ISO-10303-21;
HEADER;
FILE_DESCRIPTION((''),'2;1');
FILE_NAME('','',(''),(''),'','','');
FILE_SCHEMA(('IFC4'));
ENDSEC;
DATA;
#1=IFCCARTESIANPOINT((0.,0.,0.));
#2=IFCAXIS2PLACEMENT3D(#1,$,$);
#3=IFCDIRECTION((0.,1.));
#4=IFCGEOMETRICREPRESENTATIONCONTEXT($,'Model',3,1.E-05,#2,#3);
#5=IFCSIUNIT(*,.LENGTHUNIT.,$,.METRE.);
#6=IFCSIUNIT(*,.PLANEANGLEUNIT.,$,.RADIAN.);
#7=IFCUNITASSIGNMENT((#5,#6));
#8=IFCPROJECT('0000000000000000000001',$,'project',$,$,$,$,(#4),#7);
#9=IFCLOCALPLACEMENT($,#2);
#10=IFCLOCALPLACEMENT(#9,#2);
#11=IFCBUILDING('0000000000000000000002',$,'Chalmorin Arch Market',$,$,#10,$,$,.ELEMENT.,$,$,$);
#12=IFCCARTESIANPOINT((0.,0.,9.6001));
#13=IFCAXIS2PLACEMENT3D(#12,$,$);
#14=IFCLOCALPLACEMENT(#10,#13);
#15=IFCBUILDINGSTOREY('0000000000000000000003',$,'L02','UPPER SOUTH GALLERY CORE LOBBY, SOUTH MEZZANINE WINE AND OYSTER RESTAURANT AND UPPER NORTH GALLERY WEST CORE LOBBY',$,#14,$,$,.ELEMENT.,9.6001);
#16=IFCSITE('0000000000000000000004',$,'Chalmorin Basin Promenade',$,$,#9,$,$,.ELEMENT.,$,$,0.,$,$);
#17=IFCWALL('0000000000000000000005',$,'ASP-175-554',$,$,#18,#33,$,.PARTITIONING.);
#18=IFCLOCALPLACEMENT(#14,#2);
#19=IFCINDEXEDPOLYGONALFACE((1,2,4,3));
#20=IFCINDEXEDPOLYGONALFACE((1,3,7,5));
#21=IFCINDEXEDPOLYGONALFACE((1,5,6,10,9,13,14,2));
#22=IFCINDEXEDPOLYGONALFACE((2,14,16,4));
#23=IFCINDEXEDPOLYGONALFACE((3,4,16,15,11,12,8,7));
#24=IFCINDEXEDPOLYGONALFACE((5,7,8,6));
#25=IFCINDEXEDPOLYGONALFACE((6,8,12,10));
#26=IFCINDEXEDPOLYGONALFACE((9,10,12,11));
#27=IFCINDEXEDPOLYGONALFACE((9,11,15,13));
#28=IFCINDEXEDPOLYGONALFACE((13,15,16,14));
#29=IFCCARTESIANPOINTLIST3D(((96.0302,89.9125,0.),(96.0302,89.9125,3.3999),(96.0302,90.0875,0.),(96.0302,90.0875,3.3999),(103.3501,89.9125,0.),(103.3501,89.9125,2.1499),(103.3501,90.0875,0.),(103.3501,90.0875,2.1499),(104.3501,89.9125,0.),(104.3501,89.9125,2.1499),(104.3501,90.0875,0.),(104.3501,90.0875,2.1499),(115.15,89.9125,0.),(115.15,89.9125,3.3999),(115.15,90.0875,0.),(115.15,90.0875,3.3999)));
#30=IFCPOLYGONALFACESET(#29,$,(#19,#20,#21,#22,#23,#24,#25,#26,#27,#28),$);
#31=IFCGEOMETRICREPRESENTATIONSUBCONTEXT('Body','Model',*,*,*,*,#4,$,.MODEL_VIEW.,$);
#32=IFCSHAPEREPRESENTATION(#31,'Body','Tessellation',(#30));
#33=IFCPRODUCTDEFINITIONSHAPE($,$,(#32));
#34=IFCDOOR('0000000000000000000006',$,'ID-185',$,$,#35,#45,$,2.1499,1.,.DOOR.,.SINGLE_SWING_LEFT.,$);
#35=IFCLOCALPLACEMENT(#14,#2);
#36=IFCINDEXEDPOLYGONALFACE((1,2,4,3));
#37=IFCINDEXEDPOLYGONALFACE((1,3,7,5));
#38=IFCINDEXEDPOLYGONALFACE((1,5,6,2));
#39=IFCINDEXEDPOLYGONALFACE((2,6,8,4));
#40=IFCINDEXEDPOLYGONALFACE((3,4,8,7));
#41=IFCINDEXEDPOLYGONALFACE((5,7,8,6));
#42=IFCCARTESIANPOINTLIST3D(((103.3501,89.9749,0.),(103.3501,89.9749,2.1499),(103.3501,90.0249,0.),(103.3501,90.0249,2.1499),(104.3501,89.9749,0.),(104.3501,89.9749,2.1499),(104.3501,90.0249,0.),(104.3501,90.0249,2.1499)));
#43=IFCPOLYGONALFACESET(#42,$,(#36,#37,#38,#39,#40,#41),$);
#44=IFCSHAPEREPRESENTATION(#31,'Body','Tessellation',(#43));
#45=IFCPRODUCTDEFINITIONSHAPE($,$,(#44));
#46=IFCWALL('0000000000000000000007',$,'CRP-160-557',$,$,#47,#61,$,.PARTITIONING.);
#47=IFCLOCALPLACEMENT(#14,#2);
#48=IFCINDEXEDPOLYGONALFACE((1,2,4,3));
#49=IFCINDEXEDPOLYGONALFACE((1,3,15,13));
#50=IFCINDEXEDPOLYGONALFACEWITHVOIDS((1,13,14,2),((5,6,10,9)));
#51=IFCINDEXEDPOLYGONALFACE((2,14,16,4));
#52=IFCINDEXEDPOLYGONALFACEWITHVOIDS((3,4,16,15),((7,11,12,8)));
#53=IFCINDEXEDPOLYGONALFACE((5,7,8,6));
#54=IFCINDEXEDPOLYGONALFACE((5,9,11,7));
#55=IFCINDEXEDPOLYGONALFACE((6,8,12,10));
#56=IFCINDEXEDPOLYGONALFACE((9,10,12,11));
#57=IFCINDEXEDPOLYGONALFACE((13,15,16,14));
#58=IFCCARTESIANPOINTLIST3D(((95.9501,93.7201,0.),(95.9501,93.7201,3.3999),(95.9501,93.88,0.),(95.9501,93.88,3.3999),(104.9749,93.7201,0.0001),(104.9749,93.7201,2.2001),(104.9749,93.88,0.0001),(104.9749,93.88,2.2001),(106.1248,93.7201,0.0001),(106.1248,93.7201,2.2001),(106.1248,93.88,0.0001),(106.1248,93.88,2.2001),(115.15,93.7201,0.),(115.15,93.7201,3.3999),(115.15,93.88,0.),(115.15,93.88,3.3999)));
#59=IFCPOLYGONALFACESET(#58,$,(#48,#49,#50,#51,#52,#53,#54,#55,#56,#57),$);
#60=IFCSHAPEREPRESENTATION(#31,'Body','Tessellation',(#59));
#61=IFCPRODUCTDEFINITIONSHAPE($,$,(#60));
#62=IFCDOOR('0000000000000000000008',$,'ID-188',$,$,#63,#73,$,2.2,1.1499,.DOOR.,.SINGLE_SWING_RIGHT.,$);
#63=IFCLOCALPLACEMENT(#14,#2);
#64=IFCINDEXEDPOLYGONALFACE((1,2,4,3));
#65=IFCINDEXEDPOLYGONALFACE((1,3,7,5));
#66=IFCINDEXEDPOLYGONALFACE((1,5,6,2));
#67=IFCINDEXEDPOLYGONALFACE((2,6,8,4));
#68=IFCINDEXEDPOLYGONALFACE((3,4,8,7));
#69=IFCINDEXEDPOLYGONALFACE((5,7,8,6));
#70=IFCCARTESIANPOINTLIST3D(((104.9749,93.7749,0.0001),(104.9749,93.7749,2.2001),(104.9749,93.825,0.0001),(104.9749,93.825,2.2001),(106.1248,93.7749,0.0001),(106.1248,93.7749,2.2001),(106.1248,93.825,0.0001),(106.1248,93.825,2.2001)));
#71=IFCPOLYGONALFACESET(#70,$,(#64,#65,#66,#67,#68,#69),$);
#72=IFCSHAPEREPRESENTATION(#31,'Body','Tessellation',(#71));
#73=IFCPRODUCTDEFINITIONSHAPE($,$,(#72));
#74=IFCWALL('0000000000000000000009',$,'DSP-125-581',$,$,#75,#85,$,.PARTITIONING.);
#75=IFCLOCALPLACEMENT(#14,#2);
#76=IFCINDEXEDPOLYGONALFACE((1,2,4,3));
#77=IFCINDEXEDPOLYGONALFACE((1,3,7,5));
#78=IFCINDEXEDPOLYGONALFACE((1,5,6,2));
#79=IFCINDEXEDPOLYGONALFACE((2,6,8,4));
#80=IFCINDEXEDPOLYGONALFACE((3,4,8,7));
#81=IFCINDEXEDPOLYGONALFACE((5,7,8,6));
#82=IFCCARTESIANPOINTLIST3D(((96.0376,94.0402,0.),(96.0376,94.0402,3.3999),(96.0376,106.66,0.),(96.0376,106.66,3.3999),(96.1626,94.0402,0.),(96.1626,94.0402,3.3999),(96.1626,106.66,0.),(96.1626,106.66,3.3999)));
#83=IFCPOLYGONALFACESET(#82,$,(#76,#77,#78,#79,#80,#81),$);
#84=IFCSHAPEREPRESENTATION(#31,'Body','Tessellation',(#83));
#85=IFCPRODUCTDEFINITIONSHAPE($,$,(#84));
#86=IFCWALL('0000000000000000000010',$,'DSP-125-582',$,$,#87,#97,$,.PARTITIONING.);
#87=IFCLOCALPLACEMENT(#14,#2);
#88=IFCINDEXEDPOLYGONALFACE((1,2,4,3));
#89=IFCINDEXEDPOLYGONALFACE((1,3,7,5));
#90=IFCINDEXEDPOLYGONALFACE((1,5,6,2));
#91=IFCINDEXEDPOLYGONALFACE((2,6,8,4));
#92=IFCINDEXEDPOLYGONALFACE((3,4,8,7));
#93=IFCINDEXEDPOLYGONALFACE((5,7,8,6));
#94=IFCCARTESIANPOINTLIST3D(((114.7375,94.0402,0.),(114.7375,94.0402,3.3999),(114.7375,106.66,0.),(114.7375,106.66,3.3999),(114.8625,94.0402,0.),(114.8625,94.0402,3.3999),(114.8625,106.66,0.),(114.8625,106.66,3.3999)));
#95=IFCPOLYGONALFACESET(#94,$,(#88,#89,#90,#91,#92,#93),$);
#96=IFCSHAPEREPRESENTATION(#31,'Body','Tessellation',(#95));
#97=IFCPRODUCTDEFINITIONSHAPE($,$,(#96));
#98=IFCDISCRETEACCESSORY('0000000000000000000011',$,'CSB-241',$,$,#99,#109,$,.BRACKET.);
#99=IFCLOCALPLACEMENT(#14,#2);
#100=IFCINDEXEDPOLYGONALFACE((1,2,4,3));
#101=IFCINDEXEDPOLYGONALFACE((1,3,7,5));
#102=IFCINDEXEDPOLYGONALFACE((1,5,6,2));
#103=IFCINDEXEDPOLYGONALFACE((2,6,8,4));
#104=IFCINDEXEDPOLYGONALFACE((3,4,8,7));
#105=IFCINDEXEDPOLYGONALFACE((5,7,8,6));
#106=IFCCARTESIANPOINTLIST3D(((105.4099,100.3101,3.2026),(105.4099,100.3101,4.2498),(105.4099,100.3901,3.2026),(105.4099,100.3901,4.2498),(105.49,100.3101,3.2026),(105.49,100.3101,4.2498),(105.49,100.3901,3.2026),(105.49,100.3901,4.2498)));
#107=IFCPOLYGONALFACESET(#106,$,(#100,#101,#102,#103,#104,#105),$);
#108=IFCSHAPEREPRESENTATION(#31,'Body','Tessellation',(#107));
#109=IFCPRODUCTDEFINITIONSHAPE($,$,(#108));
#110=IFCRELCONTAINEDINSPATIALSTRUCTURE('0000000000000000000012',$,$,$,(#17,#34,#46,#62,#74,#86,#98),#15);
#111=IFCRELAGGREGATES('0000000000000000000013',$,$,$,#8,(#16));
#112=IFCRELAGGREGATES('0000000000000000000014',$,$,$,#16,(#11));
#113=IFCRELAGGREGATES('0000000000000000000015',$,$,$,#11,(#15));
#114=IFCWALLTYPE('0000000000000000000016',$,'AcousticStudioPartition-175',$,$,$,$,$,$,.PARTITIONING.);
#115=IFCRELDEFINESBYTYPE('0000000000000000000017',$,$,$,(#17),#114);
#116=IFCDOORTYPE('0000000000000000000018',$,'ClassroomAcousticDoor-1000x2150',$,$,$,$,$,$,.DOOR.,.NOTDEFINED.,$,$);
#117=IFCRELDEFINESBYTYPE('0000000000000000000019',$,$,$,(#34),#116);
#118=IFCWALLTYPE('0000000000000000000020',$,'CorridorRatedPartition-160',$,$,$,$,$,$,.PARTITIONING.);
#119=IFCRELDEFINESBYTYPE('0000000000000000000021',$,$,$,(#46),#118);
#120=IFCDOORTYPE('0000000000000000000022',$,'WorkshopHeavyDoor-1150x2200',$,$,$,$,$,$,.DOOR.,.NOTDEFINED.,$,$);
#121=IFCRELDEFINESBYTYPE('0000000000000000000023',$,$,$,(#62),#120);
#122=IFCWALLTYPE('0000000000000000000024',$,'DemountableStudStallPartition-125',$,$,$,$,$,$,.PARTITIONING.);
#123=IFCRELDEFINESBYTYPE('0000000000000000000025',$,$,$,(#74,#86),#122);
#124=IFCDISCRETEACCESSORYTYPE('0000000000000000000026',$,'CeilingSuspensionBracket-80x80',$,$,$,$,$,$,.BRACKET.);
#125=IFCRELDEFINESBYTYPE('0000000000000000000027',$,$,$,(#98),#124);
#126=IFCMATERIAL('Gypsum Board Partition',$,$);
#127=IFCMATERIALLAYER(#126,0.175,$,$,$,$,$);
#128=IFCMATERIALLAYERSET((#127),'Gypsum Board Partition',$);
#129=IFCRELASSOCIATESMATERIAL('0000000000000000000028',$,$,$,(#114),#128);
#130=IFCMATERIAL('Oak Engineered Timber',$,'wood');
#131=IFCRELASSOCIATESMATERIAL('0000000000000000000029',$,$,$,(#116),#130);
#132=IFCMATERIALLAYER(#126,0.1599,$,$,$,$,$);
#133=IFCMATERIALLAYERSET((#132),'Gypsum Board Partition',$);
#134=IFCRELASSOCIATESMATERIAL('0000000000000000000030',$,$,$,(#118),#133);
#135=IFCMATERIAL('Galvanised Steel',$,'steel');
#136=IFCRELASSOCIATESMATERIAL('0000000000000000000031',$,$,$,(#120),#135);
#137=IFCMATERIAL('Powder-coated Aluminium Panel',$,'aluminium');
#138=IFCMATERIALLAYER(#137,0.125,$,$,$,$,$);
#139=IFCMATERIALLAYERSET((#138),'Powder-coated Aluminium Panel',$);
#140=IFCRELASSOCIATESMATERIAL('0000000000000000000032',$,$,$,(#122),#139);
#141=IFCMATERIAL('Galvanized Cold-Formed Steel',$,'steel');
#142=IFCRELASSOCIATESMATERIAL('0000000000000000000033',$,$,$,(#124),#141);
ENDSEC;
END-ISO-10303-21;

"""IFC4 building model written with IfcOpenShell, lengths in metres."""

from ifc_helpers import new_model, si_unit, direction, frame, frame_2d, origin, origin_2d, place, context, subcontext, project, spatial, rectangle, extrude, material, layer, layer_set, type_object, element, fill, save


model = new_model("IFC4")

# Units and contexts
model_context = context("Model", 3, precision=1e-05, world=origin(), true_north=direction((0.0, 1.0)))
body_context = subcontext(model_context, "Body", "Model", "MODEL_VIEW")
ifc_project = project(units=[si_unit("LENGTHUNIT", "METRE"), si_unit("PLANEANGLEUNIT", "RADIAN")], contexts=[model_context])

# Site, building, storey
site_placement = place(None, origin())
site = spatial("IfcSite", under=ifc_project, at=site_placement, Name="Chalmorin Basin Promenade", CompositionType="ELEMENT", RefElevation=0.0)
building_placement = place(site_placement, origin())
building = spatial("IfcBuilding", under=site, at=building_placement, Name="Chalmorin Arch Market", CompositionType="ELEMENT")
storey_placement = place(building_placement, frame((0.0, 0.0, 9.6001)))
storey = spatial("IfcBuildingStorey", under=building, at=storey_placement, Name="L02", Description="UPPER SOUTH GALLERY CORE LOBBY, SOUTH MEZZANINE WINE AND OYSTER RESTAURANT AND UPPER NORTH GALLERY WEST CORE LOBBY", CompositionType="ELEMENT", Elevation=9.6001)

# Walls, openings, doors
ifc_material_1 = material(Name="Gypsum Board Partition")
ifc_layer_1 = layer(ifc_material_1, 0.175)
ifc_layer_set_1 = layer_set([ifc_layer_1], Name="Gypsum Board Partition")
wall_type_1 = type_object("IfcWallType", Name="AcousticStudioPartition-175", PredefinedType="PARTITIONING", material=ifc_layer_set_1)
wall_1_placement = place(storey_placement, frame((96.03, 90.0, 0.0), z_axis=(0.0, 0.0, 1.0), x_axis=(1.0, 0.0, 0.0)))
wall_1 = element("IfcWall", 1, at=wall_1_placement, inside=storey, type_object=wall_type_1, Name="ASP-175-554", PredefinedType="PARTITIONING", context=body_context, shape_type="SweptSolid", body=[
    extrude(rectangle(XDim=19.1199, YDim=0.175, at=frame_2d((9.5601, 0.0))), origin(), (0.0, 0.0, 1.0), 3.3999),
])
opening_1_placement = place(wall_1_placement, frame((7.3201, 0.0, 0.0)))
opening_1 = element("IfcOpeningElement", 2, at=opening_1_placement, cuts=wall_1, PredefinedType="OPENING", context=body_context, shape_type="SweptSolid", body=[
    extrude(rectangle(XDim=1.0, YDim=2.1499, at=frame_2d((0.5, 1.075))), frame((0.0, 0.0974, 0.0), z_axis=(0.0, -1.0, 0.0), x_axis=(1.0, 0.0, 0.0)), (0.0, 0.0, 1.0), 0.1951),
])
ifc_material_2 = material(Name="Oak Engineered Timber", Category="wood")
door_type_1 = type_object("IfcDoorType", Name="ClassroomAcousticDoor-1000x2150", OperationType="NOTDEFINED", PredefinedType="DOOR", material=ifc_material_2)
door_1_placement = place(opening_1_placement, origin())
door_1 = element("IfcDoor", 3, at=door_1_placement, inside=storey, type_object=door_type_1, Name="ID-185", OperationType="SINGLE_SWING_LEFT", OverallHeight=2.1499, OverallWidth=1.0, PredefinedType="DOOR", context=body_context, shape_type="SweptSolid", body=[
    extrude(rectangle(XDim=1.0, YDim=2.1499, at=frame_2d((0.5, 1.075))), frame((0.0, 0.0249, 0.0), z_axis=(0.0, -1.0, 0.0), x_axis=(1.0, 0.0, 0.0)), (0.0, 0.0, 1.0), 0.05),
])
fill(opening_1, door_1)
ifc_layer_2 = layer(ifc_material_1, 0.1599)
ifc_layer_set_2 = layer_set([ifc_layer_2], Name="Gypsum Board Partition")
wall_type_2 = type_object("IfcWallType", Name="CorridorRatedPartition-160", PredefinedType="PARTITIONING", material=ifc_layer_set_2)
wall_2_placement = place(storey_placement, frame((95.95, 93.8, 0.0), z_axis=(0.0, 0.0, 1.0), x_axis=(1.0, 0.0, 0.0)))
wall_2 = element("IfcWall", 4, at=wall_2_placement, inside=storey, type_object=wall_type_2, Name="CRP-160-557", PredefinedType="PARTITIONING", context=body_context, shape_type="SweptSolid", body=[
    extrude(rectangle(XDim=19.2, YDim=0.1599, at=frame_2d((9.6001, 0.0))), origin(), (0.0, 0.0, 1.0), 3.3999),
])
opening_2_placement = place(wall_2_placement, frame((9.0249, 0.0, 0.0)))
opening_2 = element("IfcOpeningElement", 5, at=opening_2_placement, cuts=wall_2, PredefinedType="OPENING", context=body_context, shape_type="SweptSolid", body=[
    extrude(rectangle(XDim=1.1499, YDim=2.2, at=frame_2d((0.575, 1.1001))), frame((0.0, 0.0898, 0.0), z_axis=(0.0, -1.0, 0.0), x_axis=(1.0, 0.0, 0.0)), (0.0, 0.0, 1.0), 0.1799),
])
ifc_material_3 = material(Name="Galvanised Steel", Category="steel")
door_type_2 = type_object("IfcDoorType", Name="WorkshopHeavyDoor-1150x2200", OperationType="NOTDEFINED", PredefinedType="DOOR", material=ifc_material_3)
door_2_placement = place(opening_2_placement, origin())
door_2 = element("IfcDoor", 6, at=door_2_placement, inside=storey, type_object=door_type_2, Name="ID-188", OperationType="SINGLE_SWING_RIGHT", OverallHeight=2.2, OverallWidth=1.1499, PredefinedType="DOOR", context=body_context, shape_type="SweptSolid", body=[
    extrude(rectangle(XDim=1.1499, YDim=2.2, at=frame_2d((0.575, 1.1001))), frame((0.0, 0.0249, 0.0), z_axis=(0.0, -1.0, 0.0), x_axis=(1.0, 0.0, 0.0)), (0.0, 0.0, 1.0), 0.05),
])
fill(opening_2, door_2)

# Walls
ifc_material_4 = material(Name="Powder-coated Aluminium Panel", Category="aluminium")
ifc_layer_3 = layer(ifc_material_4, 0.125)
ifc_layer_set_3 = layer_set([ifc_layer_3], Name="Powder-coated Aluminium Panel")
wall_type_3 = type_object("IfcWallType", Name="DemountableStudStallPartition-125", PredefinedType="PARTITIONING", material=ifc_layer_set_3)
for number, where, z_axis, x_axis, name in (
    (7, (96.1001, 94.04, 0.0), (0.0, 0.0, 1.0), (0.0, 1.0, 0.0), "DSP-125-581"),
    (8, (114.8, 94.04, 0.0), (0.0, 0.0, 1.0), (0.0, 1.0, 0.0), "DSP-125-582"),
):
    element("IfcWall", number, at=place(storey_placement, frame(where, z_axis=z_axis, x_axis=x_axis)), inside=storey, type_object=wall_type_3, Name=name, PredefinedType="PARTITIONING", context=body_context, shape_type="SweptSolid", body=[
        extrude(rectangle(XDim=12.6199, YDim=0.125, at=frame_2d((6.3101, 0.0))), origin(), (0.0, 0.0, 1.0), 3.3999),
    ])

# Discrete accessory
ifc_material_5 = material(Name="Galvanized Cold-Formed Steel", Category="steel")
discrete_accessory_type = type_object("IfcDiscreteAccessoryType", Name="CeilingSuspensionBracket-80x80", PredefinedType="BRACKET", material=ifc_material_5)
discrete_accessory_placement = place(storey_placement, frame((105.45, 100.3501, 3.2026), z_axis=(0.0, 0.0, 1.0), x_axis=(1.0, 0.0, 0.0)))
element("IfcDiscreteAccessory", 9, at=discrete_accessory_placement, inside=storey, type_object=discrete_accessory_type, Name="CSB-241", PredefinedType="BRACKET", context=body_context, shape_type="SweptSolid", body=[
    extrude(rectangle(XDim=0.0801, YDim=0.0801, at=origin_2d()), origin(), (0.0, 0.0, 1.0), 1.0471),
])

save(model, "model.ifc")
